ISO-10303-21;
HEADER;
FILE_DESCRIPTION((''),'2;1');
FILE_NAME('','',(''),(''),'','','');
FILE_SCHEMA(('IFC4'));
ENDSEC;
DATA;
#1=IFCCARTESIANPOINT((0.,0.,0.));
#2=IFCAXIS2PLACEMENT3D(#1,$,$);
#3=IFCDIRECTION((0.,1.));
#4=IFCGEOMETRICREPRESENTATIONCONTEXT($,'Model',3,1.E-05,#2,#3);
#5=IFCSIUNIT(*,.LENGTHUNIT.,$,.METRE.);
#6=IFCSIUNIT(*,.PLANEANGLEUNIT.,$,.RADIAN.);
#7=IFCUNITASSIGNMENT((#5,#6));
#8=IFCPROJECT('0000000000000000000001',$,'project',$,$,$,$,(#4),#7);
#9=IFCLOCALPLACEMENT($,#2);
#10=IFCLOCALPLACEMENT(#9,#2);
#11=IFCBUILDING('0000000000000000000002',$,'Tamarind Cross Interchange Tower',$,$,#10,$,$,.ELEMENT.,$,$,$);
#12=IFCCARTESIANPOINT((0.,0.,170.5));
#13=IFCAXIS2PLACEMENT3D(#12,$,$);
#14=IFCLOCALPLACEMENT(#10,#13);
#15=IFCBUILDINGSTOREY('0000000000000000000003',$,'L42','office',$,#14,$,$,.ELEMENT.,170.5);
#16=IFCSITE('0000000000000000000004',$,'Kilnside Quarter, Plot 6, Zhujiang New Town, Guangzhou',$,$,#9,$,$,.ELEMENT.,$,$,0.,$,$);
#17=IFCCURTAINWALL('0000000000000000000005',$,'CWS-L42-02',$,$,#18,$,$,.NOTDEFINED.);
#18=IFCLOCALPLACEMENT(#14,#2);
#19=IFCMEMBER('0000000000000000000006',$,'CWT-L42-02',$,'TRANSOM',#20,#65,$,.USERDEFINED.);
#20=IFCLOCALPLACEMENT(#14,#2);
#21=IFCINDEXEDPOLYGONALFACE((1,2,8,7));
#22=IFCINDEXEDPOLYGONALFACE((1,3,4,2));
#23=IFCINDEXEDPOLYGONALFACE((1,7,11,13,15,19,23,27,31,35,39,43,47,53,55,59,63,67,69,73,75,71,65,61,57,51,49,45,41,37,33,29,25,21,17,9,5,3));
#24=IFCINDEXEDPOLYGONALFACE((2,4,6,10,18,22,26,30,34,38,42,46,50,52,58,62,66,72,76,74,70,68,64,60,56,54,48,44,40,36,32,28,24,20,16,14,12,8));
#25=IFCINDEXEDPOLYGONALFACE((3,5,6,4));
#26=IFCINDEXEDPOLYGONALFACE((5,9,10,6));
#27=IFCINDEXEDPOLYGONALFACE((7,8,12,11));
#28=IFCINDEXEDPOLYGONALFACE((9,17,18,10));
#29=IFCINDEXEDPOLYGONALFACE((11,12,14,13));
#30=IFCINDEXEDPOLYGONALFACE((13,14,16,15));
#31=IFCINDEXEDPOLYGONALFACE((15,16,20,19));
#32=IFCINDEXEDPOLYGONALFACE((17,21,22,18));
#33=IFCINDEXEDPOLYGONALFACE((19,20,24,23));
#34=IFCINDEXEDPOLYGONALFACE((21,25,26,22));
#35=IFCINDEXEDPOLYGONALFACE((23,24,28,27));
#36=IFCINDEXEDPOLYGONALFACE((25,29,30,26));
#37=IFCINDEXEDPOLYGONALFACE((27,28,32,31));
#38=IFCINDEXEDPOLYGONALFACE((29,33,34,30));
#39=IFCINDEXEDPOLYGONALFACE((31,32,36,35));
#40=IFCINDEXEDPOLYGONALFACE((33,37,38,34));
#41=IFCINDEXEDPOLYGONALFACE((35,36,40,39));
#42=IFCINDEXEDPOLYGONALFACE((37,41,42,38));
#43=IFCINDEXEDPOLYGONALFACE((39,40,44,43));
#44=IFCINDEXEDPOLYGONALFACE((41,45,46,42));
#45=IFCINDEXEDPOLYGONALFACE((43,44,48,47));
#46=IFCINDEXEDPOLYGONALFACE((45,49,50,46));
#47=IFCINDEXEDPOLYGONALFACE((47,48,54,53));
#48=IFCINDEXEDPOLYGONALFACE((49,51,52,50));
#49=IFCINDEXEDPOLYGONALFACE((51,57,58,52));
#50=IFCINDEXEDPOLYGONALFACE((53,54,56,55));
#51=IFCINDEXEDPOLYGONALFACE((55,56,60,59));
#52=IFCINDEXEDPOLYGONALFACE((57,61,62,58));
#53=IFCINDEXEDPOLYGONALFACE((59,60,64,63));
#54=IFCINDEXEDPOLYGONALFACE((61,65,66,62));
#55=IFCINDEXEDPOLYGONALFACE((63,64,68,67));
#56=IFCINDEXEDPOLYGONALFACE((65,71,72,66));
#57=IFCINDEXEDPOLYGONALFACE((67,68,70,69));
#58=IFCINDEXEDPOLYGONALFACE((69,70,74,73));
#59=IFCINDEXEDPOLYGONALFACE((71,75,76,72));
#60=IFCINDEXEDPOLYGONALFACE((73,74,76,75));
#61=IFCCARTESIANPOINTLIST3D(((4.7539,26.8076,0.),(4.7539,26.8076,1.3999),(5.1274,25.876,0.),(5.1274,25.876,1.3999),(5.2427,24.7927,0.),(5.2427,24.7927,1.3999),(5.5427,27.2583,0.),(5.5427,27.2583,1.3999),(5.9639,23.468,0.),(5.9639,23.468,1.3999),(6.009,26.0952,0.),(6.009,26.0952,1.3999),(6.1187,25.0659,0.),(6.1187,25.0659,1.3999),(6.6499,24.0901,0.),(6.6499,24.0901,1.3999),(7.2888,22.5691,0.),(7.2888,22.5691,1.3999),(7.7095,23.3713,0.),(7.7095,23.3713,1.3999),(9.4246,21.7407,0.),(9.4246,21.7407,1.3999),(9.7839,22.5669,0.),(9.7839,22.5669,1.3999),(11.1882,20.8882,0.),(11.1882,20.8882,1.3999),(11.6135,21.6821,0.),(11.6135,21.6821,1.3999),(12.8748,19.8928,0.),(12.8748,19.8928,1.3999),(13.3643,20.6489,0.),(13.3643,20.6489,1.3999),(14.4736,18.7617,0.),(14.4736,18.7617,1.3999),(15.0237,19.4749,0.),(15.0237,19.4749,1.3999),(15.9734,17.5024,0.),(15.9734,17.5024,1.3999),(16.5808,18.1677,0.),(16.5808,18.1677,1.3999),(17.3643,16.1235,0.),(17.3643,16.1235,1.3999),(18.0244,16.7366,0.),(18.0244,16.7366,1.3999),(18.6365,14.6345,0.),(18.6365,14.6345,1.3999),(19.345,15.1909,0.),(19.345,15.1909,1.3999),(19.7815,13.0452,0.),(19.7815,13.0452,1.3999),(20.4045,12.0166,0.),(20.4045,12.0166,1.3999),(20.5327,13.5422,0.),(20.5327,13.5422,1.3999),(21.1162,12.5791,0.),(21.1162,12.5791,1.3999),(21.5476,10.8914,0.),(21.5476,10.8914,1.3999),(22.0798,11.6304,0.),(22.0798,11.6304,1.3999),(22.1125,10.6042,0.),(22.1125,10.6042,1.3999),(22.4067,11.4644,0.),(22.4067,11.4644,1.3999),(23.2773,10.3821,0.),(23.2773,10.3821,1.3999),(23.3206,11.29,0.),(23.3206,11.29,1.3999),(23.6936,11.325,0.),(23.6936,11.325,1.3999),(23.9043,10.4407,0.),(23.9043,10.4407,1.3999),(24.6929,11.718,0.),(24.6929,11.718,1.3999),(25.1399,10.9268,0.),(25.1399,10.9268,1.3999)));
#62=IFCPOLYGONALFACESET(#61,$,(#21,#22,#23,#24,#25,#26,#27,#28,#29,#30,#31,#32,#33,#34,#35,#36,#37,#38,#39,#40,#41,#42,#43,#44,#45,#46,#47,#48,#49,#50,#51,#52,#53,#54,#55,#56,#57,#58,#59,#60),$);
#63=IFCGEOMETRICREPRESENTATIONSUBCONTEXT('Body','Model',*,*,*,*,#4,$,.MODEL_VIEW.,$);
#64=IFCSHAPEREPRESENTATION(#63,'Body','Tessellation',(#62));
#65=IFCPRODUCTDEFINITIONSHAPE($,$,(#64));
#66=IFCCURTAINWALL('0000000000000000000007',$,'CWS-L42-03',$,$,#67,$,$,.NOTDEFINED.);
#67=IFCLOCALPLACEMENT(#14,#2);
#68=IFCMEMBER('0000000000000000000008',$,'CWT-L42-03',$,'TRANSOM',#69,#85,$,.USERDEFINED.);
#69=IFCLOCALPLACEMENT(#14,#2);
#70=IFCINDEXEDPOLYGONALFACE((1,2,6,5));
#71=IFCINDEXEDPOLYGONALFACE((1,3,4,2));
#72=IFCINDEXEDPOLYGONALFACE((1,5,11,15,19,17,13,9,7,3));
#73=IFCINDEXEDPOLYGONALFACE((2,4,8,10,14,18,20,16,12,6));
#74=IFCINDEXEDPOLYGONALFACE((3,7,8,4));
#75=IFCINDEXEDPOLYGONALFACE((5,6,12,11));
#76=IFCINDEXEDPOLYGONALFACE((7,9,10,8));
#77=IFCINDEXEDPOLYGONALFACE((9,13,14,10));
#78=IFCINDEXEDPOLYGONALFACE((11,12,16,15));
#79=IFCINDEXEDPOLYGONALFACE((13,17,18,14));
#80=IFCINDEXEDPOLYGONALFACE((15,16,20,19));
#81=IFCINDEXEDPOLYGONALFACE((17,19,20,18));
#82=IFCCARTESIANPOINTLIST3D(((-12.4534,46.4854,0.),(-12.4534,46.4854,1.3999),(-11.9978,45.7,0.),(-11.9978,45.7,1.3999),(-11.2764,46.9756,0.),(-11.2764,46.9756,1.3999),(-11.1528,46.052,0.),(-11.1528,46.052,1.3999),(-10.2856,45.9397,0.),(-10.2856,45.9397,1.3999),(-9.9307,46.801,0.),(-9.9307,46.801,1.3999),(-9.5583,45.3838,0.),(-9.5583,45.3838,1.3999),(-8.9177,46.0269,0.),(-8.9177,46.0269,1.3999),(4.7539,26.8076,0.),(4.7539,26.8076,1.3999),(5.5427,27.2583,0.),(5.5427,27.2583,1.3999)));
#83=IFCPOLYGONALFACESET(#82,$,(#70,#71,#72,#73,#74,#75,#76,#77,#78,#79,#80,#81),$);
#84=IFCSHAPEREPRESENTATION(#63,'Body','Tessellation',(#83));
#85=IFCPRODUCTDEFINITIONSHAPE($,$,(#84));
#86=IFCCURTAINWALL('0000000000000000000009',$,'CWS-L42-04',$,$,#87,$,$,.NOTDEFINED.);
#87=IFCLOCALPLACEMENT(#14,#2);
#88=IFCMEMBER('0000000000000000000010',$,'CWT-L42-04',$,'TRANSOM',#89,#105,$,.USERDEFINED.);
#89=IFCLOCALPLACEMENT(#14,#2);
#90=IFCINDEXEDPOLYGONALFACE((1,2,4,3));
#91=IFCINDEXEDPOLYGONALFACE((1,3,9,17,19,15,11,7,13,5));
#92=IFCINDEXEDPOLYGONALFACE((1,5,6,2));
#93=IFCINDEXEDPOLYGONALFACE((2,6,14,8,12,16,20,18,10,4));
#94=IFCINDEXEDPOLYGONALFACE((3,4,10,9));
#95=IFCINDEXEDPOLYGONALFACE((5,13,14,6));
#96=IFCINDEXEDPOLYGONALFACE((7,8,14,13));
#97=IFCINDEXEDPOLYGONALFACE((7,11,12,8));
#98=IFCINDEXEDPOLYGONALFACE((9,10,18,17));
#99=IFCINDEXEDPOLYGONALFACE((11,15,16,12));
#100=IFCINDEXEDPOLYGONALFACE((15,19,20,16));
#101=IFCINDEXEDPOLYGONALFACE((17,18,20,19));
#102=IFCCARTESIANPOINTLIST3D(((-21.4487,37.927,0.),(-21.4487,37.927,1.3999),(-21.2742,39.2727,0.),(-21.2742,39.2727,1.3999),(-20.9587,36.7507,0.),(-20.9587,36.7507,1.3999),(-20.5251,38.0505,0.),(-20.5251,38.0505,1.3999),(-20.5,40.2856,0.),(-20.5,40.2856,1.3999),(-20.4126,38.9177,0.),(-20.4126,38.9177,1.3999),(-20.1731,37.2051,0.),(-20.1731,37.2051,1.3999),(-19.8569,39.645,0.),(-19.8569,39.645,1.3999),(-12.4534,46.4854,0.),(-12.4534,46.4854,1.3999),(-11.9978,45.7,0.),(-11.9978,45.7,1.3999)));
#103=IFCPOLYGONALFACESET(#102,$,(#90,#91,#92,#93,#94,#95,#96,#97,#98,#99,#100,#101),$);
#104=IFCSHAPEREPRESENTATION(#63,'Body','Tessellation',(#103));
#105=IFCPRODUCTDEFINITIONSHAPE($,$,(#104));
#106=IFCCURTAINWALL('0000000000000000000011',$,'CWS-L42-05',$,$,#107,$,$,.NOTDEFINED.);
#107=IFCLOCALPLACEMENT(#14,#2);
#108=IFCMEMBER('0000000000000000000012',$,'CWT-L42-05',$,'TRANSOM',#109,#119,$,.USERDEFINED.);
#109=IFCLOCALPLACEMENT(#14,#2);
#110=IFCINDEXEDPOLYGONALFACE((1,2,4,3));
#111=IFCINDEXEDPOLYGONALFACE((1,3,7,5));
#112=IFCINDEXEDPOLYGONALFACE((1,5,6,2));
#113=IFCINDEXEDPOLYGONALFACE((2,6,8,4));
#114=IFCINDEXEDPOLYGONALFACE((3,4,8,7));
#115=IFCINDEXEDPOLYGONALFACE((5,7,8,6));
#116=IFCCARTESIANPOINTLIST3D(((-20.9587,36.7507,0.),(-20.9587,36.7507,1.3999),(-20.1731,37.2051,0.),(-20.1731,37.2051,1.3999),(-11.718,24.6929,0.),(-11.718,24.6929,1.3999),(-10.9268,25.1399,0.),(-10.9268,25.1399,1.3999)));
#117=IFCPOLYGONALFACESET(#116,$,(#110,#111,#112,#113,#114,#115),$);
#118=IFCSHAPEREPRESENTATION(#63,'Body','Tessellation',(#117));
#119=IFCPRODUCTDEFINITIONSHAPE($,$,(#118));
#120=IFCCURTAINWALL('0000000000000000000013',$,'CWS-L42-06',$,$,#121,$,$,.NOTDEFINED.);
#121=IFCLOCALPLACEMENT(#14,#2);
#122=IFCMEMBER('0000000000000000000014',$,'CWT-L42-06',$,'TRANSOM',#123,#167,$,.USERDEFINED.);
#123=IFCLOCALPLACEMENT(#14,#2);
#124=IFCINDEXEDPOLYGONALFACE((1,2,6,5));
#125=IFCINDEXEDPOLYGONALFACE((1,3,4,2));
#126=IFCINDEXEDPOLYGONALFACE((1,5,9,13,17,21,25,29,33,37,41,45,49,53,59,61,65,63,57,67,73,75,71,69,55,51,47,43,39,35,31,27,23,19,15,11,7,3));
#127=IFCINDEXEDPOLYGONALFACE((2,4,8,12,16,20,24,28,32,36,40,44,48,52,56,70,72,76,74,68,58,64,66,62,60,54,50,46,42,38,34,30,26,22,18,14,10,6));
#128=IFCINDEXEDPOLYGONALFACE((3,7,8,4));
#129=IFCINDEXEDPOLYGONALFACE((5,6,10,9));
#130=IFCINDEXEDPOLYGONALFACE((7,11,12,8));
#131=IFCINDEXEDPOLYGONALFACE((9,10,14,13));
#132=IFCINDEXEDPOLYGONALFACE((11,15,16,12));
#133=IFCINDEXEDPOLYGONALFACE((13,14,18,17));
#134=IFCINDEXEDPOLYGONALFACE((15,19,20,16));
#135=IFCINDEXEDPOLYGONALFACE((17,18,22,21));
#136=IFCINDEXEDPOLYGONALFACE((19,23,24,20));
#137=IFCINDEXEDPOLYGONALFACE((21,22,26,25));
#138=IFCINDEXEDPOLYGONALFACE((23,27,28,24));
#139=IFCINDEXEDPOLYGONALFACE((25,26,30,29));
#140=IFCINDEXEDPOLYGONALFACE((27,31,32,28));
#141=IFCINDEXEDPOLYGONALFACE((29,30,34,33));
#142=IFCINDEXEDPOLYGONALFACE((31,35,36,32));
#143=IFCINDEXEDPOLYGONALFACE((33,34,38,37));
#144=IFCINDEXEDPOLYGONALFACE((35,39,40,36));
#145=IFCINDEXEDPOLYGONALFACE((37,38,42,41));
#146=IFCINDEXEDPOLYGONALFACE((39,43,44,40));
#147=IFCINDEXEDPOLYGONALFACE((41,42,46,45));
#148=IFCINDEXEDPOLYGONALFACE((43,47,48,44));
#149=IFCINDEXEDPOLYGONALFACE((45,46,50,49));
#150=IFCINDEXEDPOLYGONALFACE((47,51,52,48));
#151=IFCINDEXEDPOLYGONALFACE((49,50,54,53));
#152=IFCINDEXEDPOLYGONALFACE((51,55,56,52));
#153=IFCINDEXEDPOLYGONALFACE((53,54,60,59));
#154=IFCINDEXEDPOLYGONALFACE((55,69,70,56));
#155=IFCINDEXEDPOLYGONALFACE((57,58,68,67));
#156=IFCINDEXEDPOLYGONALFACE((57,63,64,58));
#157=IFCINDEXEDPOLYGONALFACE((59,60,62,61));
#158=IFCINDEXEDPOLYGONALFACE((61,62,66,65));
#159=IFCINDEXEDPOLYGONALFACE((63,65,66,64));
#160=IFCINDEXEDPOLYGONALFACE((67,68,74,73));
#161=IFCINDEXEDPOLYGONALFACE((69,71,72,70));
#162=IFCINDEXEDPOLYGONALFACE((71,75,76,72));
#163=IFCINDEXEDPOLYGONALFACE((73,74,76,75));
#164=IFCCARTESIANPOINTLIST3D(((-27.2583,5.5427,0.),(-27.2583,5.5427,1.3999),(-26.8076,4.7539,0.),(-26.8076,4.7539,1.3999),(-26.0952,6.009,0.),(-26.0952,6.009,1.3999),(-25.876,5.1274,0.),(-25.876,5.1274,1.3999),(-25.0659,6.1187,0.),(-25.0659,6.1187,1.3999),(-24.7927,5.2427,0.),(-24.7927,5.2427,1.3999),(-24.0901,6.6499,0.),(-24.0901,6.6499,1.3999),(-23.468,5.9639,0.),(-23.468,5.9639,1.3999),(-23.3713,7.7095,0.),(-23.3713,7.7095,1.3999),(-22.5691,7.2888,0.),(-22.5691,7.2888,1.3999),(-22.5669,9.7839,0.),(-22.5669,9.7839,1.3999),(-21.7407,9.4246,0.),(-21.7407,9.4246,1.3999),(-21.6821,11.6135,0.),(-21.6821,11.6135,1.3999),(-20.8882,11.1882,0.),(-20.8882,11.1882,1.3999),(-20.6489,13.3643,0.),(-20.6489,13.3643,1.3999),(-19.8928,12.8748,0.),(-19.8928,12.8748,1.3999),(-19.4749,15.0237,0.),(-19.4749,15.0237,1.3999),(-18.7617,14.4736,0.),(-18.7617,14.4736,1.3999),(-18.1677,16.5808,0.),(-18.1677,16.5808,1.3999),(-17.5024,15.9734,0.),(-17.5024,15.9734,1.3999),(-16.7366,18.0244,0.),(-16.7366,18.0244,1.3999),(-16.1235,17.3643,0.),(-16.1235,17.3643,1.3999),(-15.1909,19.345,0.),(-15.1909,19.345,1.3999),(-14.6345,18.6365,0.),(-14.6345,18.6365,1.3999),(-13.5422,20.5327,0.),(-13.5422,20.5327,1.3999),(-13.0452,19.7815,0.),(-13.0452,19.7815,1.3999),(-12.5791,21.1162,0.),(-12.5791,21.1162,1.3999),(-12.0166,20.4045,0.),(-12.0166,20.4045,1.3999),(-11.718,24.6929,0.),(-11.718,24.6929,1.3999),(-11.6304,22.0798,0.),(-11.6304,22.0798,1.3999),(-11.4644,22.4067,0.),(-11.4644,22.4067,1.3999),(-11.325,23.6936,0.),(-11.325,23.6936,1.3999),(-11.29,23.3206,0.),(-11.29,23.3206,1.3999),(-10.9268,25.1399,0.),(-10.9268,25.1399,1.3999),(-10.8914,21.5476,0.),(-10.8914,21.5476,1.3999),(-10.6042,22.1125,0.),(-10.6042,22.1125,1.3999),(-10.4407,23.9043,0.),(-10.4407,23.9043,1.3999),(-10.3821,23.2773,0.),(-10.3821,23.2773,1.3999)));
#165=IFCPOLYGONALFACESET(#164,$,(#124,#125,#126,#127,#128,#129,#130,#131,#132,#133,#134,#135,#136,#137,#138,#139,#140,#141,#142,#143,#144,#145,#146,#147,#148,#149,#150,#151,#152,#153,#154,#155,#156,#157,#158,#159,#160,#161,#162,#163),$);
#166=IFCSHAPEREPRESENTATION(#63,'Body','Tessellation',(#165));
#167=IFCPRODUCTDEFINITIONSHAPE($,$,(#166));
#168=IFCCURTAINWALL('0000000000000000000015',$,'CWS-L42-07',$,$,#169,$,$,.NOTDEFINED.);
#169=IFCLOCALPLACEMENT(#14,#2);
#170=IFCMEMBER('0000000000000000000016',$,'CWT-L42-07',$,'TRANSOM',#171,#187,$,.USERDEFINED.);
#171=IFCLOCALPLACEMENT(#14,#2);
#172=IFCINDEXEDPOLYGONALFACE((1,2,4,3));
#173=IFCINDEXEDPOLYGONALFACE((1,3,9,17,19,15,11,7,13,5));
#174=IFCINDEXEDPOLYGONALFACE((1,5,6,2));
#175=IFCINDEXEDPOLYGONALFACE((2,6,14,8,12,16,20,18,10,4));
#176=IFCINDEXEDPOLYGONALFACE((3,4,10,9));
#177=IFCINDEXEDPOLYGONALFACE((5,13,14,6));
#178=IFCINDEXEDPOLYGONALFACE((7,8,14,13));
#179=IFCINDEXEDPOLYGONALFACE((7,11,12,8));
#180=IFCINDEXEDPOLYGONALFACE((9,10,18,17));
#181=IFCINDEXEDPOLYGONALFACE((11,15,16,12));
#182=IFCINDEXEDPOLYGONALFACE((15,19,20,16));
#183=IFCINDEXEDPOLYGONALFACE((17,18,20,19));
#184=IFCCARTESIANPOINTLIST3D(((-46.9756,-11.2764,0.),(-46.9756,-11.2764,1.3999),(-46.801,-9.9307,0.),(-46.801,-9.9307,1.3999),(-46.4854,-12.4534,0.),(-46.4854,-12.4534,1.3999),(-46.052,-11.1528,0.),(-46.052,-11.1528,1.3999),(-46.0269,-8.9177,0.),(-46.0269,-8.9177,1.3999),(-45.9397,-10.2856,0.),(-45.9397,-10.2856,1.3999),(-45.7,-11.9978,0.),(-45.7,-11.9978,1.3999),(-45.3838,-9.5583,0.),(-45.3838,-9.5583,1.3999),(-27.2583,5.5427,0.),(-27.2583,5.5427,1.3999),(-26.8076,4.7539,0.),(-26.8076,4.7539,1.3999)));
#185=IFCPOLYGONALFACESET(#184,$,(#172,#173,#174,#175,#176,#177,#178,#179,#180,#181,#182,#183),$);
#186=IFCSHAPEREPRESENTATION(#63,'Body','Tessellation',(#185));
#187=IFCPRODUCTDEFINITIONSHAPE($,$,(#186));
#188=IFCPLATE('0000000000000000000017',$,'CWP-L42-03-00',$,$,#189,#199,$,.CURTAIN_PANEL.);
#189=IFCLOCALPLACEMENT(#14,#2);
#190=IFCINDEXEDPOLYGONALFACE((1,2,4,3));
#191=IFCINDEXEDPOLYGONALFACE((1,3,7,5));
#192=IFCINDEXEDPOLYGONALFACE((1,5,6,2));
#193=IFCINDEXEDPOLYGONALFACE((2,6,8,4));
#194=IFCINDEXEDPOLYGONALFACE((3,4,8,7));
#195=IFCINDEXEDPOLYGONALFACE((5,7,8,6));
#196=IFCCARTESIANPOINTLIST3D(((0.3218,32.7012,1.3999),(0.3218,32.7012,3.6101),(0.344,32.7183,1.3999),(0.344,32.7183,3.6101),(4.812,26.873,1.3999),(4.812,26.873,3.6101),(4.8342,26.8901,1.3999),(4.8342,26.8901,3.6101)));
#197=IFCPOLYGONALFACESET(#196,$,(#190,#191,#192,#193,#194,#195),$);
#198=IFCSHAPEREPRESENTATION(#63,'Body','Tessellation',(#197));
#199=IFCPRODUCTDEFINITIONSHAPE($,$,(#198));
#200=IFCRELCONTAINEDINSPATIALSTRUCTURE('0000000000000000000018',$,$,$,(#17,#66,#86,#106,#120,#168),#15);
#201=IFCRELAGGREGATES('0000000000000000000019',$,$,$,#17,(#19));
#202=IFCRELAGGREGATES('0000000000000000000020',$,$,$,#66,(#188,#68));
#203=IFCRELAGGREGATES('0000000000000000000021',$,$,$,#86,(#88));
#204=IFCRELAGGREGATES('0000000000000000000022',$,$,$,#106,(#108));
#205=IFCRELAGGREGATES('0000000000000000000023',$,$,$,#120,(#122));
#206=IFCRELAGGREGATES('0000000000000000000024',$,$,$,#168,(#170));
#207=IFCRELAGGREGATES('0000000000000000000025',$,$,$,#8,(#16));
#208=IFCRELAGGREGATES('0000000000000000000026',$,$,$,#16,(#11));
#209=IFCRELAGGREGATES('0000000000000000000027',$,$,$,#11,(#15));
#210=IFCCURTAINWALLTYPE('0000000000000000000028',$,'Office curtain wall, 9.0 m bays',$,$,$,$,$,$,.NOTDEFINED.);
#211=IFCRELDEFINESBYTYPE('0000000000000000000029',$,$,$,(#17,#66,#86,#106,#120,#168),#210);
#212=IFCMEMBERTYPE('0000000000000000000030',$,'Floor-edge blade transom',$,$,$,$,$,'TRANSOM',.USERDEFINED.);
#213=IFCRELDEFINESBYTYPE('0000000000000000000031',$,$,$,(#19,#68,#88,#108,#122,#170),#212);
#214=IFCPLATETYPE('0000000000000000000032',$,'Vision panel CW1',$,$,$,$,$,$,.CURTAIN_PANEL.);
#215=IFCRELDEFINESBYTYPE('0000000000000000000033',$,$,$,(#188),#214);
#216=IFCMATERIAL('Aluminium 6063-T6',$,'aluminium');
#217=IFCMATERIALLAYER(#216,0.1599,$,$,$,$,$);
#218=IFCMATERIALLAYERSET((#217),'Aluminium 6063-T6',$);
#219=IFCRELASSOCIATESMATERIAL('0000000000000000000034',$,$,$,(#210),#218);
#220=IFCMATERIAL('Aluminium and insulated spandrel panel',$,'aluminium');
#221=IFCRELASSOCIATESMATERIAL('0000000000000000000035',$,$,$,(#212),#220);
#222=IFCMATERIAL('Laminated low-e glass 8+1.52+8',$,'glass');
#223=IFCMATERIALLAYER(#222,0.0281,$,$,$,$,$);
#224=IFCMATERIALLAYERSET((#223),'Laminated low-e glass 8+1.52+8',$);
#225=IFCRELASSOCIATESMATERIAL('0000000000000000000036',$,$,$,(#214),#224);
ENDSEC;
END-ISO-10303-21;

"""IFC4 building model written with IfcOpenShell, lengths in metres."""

from ifc_helpers import new_model, si_unit, direction, frame, origin, place, context, subcontext, project, spatial, polyline, outline, extrude, material, layer, layer_set, type_object, element, aggregate, save


model = new_model("IFC4")

# Units and contexts
model_context = context("Model", 3, precision=1e-05, world=origin(), true_north=direction((0.0, 1.0)))
body_context = subcontext(model_context, "Body", "Model", "MODEL_VIEW")
ifc_project = project(units=[si_unit("LENGTHUNIT", "METRE"), si_unit("PLANEANGLEUNIT", "RADIAN")], contexts=[model_context])

# Site, building, storey
site_placement = place(None, origin())
site = spatial("IfcSite", under=ifc_project, at=site_placement, Name="Kilnside Quarter, Plot 6, Zhujiang New Town, Guangzhou", CompositionType="ELEMENT", RefElevation=0.0)
building_placement = place(site_placement, origin())
building = spatial("IfcBuilding", under=site, at=building_placement, Name="Tamarind Cross Interchange Tower", CompositionType="ELEMENT")
storey_placement = place(building_placement, frame((0.0, 0.0, 170.5)))
storey = spatial("IfcBuildingStorey", under=building, at=storey_placement, Name="L42", Description="office", CompositionType="ELEMENT", Elevation=170.5)

# Curtain walls, members
ifc_material_1 = material(Name="Aluminium 6063-T6", Category="aluminium")
ifc_layer_1 = layer(ifc_material_1, 0.1599)
ifc_layer_set_1 = layer_set([ifc_layer_1], Name="Aluminium 6063-T6")
curtain_wall_type = type_object("IfcCurtainWallType", Name="Office curtain wall, 9.0 m bays", PredefinedType="NOTDEFINED", material=ifc_layer_set_1)
curtain_wall_1_placement = place(storey_placement, origin())
curtain_wall_1 = element("IfcCurtainWall", 1, at=curtain_wall_1_placement, inside=storey, type_object=curtain_wall_type, Name="CWS-L42-02", PredefinedType="NOTDEFINED")
ifc_material_2 = material(Name="Aluminium and insulated spandrel panel", Category="aluminium")
member_type = type_object("IfcMemberType", Name="Floor-edge blade transom", ElementType="TRANSOM", PredefinedType="USERDEFINED", material=ifc_material_2)
member_1_placement = place(storey_placement, origin())
member_1 = element("IfcMember", 2, at=member_1_placement, type_object=member_type, Name="CWT-L42-02", ObjectType="TRANSOM", PredefinedType="USERDEFINED", context=body_context, shape_type="SweptSolid", body=[
    extrude(outline(polyline([(25.1399, 10.9268), (23.9043, 10.4407), (23.2773, 10.3821), (22.1125, 10.6042), (21.5476, 10.8914), (20.4045, 12.0166), (19.7815, 13.0452), (18.6365, 14.6345), (17.3643, 16.1235), (15.9734, 17.5024), (14.4736, 18.7617), (12.8748, 19.8928), (11.1882, 20.8882), (9.4246, 21.7407), (7.2888, 22.5691), (5.9639, 23.468), (5.2427, 24.7927), (5.1274, 25.876), (4.7539, 26.8076), (5.5427, 27.2583), (6.009, 26.0952), (6.1187, 25.0659), (6.6499, 24.0901), (7.7095, 23.3713), (9.7839, 22.5669), (11.6135, 21.6821), (13.3643, 20.6489), (15.0237, 19.4749), (16.5808, 18.1677), (18.0244, 16.7366), (19.345, 15.1909), (20.5327, 13.5422), (21.1162, 12.5791), (22.0798, 11.6304), (22.4067, 11.4644), (23.3206, 11.29), (23.6936, 11.325), (24.6929, 11.718), (25.1399, 10.9268)])), origin(), (0.0, 0.0, 1.0), 1.3999),
])
aggregate(curtain_wall_1, [member_1])
curtain_wall_2_placement = place(storey_placement, origin())
curtain_wall_2 = element("IfcCurtainWall", 3, at=curtain_wall_2_placement, inside=storey, type_object=curtain_wall_type, Name="CWS-L42-03", PredefinedType="NOTDEFINED")
member_2_placement = place(storey_placement, origin())
member_2 = element("IfcMember", 4, at=member_2_placement, type_object=member_type, Name="CWT-L42-03", ObjectType="TRANSOM", PredefinedType="USERDEFINED", context=body_context, shape_type="SweptSolid", body=[
    extrude(outline(polyline([(4.7539, 26.8076), (-9.5583, 45.3838), (-10.2856, 45.9397), (-11.1528, 46.052), (-11.9978, 45.7), (-12.4534, 46.4854), (-11.2764, 46.9756), (-9.9307, 46.801), (-8.9177, 46.0269), (5.5427, 27.2583), (4.7539, 26.8076)])), origin(), (0.0, 0.0, 1.0), 1.3999),
])
curtain_wall_3_placement = place(storey_placement, origin())
curtain_wall_3 = element("IfcCurtainWall", 5, at=curtain_wall_3_placement, inside=storey, type_object=curtain_wall_type, Name="CWS-L42-04", PredefinedType="NOTDEFINED")
member_3_placement = place(storey_placement, origin())
member_3 = element("IfcMember", 6, at=member_3_placement, type_object=member_type, Name="CWT-L42-04", ObjectType="TRANSOM", PredefinedType="USERDEFINED", context=body_context, shape_type="SweptSolid", body=[
    extrude(outline(polyline([(-11.9978, 45.7), (-19.8569, 39.645), (-20.4126, 38.9177), (-20.5251, 38.0505), (-20.1731, 37.2051), (-20.9587, 36.7507), (-21.4487, 37.927), (-21.2742, 39.2727), (-20.5, 40.2856), (-12.4534, 46.4854), (-11.9978, 45.7)])), origin(), (0.0, 0.0, 1.0), 1.3999),
])
curtain_wall_4_placement = place(storey_placement, origin())
curtain_wall_4 = element("IfcCurtainWall", 7, at=curtain_wall_4_placement, inside=storey, type_object=curtain_wall_type, Name="CWS-L42-05", PredefinedType="NOTDEFINED")
member_4_placement = place(storey_placement, origin())
member_4 = element("IfcMember", 8, at=member_4_placement, type_object=member_type, Name="CWT-L42-05", ObjectType="TRANSOM", PredefinedType="USERDEFINED", context=body_context, shape_type="SweptSolid", body=[
    extrude(outline(polyline([(-20.1731, 37.2051), (-10.9268, 25.1399), (-11.718, 24.6929), (-20.9587, 36.7507), (-20.1731, 37.2051)])), origin(), (0.0, 0.0, 1.0), 1.3999),
])
curtain_wall_5_placement = place(storey_placement, origin())
curtain_wall_5 = element("IfcCurtainWall", 9, at=curtain_wall_5_placement, inside=storey, type_object=curtain_wall_type, Name="CWS-L42-06", PredefinedType="NOTDEFINED")
member_5_placement = place(storey_placement, origin())
member_5 = element("IfcMember", 10, at=member_5_placement, type_object=member_type, Name="CWT-L42-06", ObjectType="TRANSOM", PredefinedType="USERDEFINED", context=body_context, shape_type="SweptSolid", body=[
    extrude(outline(polyline([(-10.9268, 25.1399), (-10.4407, 23.9043), (-10.3821, 23.2773), (-10.6042, 22.1125), (-10.8914, 21.5476), (-12.0166, 20.4045), (-13.0452, 19.7815), (-14.6345, 18.6365), (-16.1235, 17.3643), (-17.5024, 15.9734), (-18.7617, 14.4736), (-19.8928, 12.8748), (-20.8882, 11.1882), (-21.7407, 9.4246), (-22.5691, 7.2888), (-23.468, 5.9639), (-24.7927, 5.2427), (-25.876, 5.1274), (-26.8076, 4.7539), (-27.2583, 5.5427), (-26.0952, 6.009), (-25.0659, 6.1187), (-24.0901, 6.6499), (-23.3713, 7.7095), (-22.5669, 9.7839), (-21.6821, 11.6135), (-20.6489, 13.3643), (-19.4749, 15.0237), (-18.1677, 16.5808), (-16.7366, 18.0244), (-15.1909, 19.345), (-13.5422, 20.5327), (-12.5791, 21.1162), (-11.6304, 22.0798), (-11.4644, 22.4067), (-11.29, 23.3206), (-11.325, 23.6936), (-11.718, 24.6929), (-10.9268, 25.1399)])), origin(), (0.0, 0.0, 1.0), 1.3999),
])
curtain_wall_6_placement = place(storey_placement, origin())
curtain_wall_6 = element("IfcCurtainWall", 11, at=curtain_wall_6_placement, inside=storey, type_object=curtain_wall_type, Name="CWS-L42-07", PredefinedType="NOTDEFINED")
member_6_placement = place(storey_placement, origin())
member_6 = element("IfcMember", 12, at=member_6_placement, type_object=member_type, Name="CWT-L42-07", ObjectType="TRANSOM", PredefinedType="USERDEFINED", context=body_context, shape_type="SweptSolid", body=[
    extrude(outline(polyline([(-26.8076, 4.7539), (-45.3838, -9.5583), (-45.9397, -10.2856), (-46.052, -11.1528), (-45.7, -11.9978), (-46.4854, -12.4534), (-46.9756, -11.2764), (-46.801, -9.9307), (-46.0269, -8.9177), (-27.2583, 5.5427), (-26.8076, 4.7539)])), origin(), (0.0, 0.0, 1.0), 1.3999),
])

# Plate
ifc_material_3 = material(Name="Laminated low-e glass 8+1.52+8", Category="glass")
ifc_layer_2 = layer(ifc_material_3, 0.0281)
ifc_layer_set_2 = layer_set([ifc_layer_2], Name="Laminated low-e glass 8+1.52+8")
plate_type = type_object("IfcPlateType", Name="Vision panel CW1", PredefinedType="CURTAIN_PANEL", material=ifc_layer_set_2)
plate_1_placement = place(storey_placement, frame((0.0, 0.0, 1.3999)))
plate_1 = element("IfcPlate", 13, at=plate_1_placement, type_object=plate_type, Name="CWP-L42-03-00", PredefinedType="CURTAIN_PANEL", context=body_context, shape_type="SweptSolid", body=[
    extrude(outline(polyline([(4.812, 26.873), (0.3218, 32.7012), (0.344, 32.7183), (4.8342, 26.8901), (4.812, 26.873)])), origin(), (0.0, 0.0, 1.0), 2.2102),
])
aggregate(curtain_wall_2, [plate_1, member_2])
aggregate(curtain_wall_3, [member_3])
aggregate(curtain_wall_4, [member_4])
aggregate(curtain_wall_5, [member_5])
aggregate(curtain_wall_6, [member_6])

save(model, "model.ifc")
